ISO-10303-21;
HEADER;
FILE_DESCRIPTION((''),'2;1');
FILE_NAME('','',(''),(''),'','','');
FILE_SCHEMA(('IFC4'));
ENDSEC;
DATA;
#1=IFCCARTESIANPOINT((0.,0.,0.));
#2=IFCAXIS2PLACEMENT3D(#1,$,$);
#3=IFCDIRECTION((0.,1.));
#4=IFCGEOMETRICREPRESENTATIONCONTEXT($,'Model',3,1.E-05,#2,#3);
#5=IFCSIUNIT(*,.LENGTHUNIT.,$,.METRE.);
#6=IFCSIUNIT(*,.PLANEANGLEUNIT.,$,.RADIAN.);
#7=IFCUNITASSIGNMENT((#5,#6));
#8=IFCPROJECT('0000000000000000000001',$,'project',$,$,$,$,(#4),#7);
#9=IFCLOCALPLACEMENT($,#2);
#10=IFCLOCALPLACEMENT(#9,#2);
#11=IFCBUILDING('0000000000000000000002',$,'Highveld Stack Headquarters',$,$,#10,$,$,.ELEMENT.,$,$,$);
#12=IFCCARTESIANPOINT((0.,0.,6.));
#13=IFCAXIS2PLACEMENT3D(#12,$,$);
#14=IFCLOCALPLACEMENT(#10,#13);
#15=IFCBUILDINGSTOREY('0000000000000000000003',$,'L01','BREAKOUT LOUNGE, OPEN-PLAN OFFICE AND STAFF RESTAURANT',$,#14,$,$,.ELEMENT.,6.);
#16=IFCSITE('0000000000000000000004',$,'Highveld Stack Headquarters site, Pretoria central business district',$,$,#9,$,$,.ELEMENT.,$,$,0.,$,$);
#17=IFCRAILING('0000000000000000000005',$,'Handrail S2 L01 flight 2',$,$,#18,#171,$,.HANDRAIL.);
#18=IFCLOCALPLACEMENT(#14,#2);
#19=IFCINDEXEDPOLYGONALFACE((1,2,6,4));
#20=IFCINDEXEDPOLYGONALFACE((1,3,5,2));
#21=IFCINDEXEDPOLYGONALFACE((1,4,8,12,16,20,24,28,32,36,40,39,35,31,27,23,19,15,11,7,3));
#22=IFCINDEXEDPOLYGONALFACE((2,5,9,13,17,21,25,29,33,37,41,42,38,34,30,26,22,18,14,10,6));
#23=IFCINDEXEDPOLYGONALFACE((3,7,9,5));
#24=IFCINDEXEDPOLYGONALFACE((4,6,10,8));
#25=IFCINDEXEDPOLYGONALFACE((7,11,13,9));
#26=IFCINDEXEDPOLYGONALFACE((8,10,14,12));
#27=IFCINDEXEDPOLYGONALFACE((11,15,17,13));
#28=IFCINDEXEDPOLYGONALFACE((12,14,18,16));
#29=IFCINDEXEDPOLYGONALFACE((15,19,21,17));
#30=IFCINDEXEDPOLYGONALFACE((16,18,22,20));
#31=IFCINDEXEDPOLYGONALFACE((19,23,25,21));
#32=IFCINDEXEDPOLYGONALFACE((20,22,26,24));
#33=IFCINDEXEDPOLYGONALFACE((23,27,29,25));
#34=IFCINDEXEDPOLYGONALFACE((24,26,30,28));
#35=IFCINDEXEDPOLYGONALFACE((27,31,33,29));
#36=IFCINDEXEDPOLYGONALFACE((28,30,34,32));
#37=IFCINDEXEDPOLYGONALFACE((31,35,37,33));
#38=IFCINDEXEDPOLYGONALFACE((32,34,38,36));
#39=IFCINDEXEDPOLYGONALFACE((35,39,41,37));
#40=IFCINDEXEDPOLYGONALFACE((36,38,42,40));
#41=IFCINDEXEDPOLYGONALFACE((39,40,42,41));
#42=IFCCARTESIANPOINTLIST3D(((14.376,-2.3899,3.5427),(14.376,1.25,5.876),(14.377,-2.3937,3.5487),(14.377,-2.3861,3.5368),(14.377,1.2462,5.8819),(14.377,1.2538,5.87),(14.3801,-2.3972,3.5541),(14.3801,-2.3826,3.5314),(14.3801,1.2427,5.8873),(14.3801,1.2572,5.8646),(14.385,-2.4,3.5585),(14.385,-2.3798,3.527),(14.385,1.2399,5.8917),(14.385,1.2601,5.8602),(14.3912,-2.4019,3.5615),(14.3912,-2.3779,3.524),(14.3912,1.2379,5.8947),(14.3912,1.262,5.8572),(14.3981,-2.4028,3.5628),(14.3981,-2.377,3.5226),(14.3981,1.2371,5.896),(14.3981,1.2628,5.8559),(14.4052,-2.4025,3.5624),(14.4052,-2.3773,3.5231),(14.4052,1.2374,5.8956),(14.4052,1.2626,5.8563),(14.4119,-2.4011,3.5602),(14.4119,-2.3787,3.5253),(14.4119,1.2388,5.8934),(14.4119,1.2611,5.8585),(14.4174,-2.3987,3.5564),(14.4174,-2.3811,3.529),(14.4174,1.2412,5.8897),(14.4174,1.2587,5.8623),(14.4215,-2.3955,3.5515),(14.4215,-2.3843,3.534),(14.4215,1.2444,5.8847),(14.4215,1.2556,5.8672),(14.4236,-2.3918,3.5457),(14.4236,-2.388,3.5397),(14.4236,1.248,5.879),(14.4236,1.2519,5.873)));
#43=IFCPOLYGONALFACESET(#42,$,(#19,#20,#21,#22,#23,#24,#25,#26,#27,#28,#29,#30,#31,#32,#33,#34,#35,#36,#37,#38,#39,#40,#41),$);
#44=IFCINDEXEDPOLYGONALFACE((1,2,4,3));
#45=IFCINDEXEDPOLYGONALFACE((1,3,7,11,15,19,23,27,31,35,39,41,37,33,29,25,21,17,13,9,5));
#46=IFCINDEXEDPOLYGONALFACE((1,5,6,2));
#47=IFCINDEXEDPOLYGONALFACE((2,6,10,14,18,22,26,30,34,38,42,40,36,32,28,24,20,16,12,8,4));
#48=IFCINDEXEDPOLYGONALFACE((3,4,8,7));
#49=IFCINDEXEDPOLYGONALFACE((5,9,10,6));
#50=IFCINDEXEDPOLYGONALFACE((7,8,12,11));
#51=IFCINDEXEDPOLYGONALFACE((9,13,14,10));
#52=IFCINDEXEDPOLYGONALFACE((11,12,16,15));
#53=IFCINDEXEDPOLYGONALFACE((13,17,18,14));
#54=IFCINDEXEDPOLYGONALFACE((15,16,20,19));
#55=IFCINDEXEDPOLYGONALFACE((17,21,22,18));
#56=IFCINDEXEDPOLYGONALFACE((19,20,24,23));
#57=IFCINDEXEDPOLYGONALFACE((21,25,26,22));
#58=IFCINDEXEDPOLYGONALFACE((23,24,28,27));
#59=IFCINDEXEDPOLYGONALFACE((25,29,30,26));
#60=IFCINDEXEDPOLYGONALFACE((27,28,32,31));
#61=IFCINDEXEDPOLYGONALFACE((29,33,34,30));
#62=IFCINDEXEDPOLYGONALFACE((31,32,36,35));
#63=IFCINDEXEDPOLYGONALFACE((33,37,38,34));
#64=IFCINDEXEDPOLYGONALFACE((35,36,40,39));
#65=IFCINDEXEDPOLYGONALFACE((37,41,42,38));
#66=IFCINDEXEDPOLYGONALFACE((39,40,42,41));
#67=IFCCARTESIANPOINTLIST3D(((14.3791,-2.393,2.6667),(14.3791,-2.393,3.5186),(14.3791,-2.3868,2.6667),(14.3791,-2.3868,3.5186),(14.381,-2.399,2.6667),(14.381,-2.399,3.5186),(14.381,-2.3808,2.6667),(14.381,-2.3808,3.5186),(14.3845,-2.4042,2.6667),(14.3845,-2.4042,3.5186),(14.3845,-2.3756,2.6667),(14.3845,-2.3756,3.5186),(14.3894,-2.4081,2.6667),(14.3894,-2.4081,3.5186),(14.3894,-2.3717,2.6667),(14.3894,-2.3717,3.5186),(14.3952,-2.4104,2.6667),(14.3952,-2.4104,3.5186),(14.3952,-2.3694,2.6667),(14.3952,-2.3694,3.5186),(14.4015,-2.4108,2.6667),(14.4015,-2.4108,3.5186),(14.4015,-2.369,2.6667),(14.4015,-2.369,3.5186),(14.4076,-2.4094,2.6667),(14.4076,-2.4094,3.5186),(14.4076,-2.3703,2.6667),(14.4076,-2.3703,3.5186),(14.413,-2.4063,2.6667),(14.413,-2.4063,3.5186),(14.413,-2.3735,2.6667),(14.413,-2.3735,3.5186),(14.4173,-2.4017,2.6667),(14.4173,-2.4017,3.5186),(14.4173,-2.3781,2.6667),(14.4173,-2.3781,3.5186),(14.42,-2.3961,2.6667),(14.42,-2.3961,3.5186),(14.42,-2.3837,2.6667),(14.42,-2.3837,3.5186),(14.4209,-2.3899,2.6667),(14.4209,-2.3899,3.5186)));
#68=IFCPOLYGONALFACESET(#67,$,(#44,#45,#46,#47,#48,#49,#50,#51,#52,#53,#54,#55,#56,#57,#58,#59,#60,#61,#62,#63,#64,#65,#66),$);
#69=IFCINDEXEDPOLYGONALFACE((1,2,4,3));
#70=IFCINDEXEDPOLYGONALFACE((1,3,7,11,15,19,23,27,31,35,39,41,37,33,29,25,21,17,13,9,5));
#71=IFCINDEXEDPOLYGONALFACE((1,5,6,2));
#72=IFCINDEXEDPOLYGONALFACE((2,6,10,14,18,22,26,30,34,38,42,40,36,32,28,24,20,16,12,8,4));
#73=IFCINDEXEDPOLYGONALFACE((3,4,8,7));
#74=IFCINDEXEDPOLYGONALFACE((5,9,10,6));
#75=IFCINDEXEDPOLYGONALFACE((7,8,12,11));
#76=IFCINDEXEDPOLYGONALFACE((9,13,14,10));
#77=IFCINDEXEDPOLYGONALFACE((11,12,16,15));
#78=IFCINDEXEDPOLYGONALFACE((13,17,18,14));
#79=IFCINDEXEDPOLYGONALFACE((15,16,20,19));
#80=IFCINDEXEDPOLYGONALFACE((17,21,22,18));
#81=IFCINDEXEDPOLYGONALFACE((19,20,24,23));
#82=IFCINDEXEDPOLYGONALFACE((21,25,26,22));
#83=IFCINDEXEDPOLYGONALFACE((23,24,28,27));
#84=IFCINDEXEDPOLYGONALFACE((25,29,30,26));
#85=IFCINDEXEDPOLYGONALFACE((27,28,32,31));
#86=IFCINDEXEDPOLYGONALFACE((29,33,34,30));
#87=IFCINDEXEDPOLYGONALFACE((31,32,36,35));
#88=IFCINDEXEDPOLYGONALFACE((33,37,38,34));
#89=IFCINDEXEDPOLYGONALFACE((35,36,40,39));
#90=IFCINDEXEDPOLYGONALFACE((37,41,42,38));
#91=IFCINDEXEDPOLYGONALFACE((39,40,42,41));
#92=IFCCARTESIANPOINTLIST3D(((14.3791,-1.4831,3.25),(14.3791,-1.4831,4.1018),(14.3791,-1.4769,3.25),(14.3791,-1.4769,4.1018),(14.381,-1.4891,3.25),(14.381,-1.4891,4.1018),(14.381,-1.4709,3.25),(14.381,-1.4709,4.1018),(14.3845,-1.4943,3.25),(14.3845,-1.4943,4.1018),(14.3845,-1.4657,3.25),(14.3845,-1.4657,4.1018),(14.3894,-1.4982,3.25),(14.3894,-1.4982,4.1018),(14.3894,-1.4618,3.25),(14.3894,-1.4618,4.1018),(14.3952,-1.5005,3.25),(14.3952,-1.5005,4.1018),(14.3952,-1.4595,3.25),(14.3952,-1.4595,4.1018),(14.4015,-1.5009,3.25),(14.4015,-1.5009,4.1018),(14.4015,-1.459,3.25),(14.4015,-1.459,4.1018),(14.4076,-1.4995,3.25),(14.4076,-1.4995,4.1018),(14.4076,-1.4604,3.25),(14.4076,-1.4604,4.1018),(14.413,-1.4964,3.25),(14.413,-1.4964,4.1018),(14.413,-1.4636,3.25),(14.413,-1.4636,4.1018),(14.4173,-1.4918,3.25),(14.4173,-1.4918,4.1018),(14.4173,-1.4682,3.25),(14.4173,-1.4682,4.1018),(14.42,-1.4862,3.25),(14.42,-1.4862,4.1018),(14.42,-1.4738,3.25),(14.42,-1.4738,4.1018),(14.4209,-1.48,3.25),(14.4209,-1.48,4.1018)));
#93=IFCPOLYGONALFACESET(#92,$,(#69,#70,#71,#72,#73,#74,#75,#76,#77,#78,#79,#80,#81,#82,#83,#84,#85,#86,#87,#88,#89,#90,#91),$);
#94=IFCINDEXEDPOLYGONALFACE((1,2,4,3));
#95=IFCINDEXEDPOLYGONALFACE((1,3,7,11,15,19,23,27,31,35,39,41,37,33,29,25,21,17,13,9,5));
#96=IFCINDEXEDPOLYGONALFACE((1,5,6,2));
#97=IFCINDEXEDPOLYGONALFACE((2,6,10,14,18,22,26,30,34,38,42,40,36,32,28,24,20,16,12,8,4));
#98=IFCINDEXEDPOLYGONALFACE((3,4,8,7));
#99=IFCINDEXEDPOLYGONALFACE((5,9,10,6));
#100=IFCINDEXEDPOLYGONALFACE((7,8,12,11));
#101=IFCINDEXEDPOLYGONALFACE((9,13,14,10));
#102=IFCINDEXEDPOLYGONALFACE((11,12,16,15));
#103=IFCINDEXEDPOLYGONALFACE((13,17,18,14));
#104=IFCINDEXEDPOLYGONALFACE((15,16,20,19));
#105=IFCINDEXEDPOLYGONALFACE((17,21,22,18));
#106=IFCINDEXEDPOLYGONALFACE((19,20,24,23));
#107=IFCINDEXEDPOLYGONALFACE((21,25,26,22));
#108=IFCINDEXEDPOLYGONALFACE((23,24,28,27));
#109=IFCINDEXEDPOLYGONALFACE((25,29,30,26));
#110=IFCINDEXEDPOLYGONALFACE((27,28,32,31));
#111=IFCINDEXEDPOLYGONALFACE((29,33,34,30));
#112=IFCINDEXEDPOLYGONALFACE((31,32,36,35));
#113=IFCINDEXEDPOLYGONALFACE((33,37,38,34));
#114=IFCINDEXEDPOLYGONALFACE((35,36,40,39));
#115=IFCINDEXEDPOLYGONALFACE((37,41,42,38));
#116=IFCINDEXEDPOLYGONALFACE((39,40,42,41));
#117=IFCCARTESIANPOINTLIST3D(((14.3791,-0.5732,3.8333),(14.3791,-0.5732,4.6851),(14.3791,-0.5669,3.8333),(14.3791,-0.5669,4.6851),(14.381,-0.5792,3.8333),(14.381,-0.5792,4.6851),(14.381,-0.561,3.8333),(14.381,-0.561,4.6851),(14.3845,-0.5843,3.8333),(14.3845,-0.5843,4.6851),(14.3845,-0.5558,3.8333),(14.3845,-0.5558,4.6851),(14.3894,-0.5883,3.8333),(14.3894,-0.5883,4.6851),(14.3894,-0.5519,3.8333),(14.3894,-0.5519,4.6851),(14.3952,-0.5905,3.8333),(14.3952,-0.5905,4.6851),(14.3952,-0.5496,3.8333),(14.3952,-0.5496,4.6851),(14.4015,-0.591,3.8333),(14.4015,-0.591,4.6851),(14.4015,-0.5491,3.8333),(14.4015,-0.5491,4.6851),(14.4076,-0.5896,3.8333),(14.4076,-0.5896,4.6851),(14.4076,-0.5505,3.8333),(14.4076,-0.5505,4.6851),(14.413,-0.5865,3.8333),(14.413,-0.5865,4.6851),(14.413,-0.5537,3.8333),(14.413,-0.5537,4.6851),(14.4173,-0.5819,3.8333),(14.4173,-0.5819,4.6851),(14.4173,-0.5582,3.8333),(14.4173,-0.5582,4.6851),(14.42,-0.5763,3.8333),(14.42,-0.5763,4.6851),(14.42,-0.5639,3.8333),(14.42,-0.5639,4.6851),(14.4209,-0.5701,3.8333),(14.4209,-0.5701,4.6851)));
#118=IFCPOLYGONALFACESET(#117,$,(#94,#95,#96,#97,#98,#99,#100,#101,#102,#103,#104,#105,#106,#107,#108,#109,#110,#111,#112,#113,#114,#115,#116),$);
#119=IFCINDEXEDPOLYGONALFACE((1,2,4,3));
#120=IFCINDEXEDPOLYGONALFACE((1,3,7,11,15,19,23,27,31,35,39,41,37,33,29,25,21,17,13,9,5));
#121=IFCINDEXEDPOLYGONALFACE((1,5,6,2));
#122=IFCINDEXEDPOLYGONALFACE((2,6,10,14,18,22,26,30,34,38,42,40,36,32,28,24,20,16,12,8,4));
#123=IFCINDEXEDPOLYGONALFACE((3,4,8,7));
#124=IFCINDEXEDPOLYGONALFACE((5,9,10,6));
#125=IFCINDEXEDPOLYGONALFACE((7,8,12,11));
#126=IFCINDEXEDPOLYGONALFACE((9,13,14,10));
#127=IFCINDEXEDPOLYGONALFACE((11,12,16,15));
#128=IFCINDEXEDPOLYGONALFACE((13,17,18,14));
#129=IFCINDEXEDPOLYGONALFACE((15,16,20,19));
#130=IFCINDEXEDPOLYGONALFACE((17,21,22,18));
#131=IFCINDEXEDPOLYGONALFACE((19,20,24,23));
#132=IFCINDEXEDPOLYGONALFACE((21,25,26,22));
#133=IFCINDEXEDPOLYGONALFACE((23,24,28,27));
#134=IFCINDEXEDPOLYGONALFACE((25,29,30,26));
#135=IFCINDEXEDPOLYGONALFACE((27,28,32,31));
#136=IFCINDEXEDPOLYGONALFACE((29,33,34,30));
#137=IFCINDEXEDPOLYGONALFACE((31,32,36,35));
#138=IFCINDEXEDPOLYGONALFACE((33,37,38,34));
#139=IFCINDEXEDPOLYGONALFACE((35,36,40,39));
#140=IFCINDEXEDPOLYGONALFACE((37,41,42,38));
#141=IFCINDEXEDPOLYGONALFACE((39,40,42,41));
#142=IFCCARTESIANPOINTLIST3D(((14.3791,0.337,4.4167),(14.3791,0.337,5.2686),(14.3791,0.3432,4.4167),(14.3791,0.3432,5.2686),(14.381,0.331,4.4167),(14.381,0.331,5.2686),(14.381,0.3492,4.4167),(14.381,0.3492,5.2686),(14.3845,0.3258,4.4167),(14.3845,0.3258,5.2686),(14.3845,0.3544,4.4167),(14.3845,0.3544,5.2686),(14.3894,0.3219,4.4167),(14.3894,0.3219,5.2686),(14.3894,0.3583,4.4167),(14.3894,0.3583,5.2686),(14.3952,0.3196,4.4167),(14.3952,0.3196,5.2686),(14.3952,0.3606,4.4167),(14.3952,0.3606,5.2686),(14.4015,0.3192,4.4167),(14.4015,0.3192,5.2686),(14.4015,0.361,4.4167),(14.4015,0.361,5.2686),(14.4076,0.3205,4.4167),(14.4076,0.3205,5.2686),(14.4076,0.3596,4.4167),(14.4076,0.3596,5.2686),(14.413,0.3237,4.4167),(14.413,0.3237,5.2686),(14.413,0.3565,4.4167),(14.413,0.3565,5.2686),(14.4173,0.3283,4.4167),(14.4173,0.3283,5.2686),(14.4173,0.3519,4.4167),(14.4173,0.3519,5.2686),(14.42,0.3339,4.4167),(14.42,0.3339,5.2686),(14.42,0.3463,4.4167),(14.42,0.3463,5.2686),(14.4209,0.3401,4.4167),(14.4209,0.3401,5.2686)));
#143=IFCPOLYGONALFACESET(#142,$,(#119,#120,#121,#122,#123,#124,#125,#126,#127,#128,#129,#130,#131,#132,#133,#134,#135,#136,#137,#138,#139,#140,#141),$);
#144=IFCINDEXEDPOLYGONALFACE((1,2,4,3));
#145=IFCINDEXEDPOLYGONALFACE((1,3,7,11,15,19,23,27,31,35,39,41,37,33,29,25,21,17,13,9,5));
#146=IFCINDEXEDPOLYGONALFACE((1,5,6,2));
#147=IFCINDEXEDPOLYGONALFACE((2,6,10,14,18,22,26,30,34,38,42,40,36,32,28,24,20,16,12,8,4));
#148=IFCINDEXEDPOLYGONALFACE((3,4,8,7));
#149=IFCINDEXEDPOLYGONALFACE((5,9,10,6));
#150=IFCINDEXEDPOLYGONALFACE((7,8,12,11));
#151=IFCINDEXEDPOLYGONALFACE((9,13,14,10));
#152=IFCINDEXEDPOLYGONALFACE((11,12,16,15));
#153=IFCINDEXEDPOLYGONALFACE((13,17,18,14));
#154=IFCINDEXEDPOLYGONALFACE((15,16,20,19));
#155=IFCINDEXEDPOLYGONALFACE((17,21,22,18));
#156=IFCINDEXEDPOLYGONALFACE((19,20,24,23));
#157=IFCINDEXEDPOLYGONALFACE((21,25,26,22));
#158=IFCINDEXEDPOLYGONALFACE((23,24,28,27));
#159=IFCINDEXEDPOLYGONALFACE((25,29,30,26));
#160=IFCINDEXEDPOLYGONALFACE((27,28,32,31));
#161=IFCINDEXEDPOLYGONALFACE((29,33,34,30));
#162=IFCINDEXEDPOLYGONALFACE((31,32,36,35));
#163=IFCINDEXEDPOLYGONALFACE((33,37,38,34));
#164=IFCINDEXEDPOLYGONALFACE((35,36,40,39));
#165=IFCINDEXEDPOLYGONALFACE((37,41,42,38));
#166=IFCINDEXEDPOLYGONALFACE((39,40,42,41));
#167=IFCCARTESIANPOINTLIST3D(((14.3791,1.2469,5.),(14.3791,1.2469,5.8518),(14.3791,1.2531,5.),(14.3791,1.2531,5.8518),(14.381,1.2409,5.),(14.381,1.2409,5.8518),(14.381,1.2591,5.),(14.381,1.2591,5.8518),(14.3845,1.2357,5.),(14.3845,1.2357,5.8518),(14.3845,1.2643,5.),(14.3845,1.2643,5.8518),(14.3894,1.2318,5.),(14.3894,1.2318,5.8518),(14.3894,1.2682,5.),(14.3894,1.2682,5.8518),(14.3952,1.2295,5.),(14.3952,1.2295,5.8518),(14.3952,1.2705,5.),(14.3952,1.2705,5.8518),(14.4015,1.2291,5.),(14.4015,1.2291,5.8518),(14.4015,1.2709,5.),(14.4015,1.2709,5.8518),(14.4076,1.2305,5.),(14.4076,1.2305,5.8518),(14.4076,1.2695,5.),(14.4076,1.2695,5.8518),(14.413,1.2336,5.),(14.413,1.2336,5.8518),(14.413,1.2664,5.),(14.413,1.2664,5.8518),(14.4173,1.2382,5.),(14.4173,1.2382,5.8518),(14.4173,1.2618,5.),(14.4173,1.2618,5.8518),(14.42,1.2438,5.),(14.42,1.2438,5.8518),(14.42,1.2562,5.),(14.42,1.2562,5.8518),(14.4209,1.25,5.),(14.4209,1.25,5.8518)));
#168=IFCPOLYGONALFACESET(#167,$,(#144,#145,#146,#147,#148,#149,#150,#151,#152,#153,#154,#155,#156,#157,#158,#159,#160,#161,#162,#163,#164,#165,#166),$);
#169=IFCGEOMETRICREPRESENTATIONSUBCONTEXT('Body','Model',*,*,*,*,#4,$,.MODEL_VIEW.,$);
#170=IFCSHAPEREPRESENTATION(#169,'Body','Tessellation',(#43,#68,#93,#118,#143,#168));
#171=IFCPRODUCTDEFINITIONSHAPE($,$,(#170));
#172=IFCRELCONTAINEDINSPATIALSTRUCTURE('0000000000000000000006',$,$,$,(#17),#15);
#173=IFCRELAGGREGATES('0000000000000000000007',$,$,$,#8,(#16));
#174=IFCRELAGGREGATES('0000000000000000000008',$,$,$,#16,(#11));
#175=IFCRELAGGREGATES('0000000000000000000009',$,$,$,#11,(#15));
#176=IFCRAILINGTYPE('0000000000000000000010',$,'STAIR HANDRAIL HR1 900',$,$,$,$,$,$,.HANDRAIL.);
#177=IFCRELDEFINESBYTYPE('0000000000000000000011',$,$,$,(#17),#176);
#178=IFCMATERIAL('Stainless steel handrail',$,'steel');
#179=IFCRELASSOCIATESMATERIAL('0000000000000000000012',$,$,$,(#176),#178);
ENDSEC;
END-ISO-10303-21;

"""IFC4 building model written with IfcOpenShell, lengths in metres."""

from ifc_helpers import new_model, si_unit, direction, frame, origin, origin_2d, place, context, subcontext, project, spatial, circle, extrude, material, type_object, element, save


model = new_model("IFC4")

# Units and contexts
model_context = context("Model", 3, precision=1e-05, world=origin(), true_north=direction((0.0, 1.0)))
body_context = subcontext(model_context, "Body", "Model", "MODEL_VIEW")
ifc_project = project(units=[si_unit("LENGTHUNIT", "METRE"), si_unit("PLANEANGLEUNIT", "RADIAN")], contexts=[model_context])

# Site, building, storey
site_placement = place(None, origin())
site = spatial("IfcSite", under=ifc_project, at=site_placement, Name="Highveld Stack Headquarters site, Pretoria central business district", CompositionType="ELEMENT", RefElevation=0.0)
building_placement = place(site_placement, origin())
building = spatial("IfcBuilding", under=site, at=building_placement, Name="Highveld Stack Headquarters", CompositionType="ELEMENT")
storey_placement = place(building_placement, frame((0.0, 0.0, 6.0)))
storey = spatial("IfcBuildingStorey", under=building, at=storey_placement, Name="L01", Description="BREAKOUT LOUNGE, OPEN-PLAN OFFICE AND STAFF RESTAURANT", CompositionType="ELEMENT", Elevation=6.0)

# Railing
ifc_material_1 = material(Name="Stainless steel handrail", Category="steel")
railing_type = type_object("IfcRailingType", Name="STAIR HANDRAIL HR1 900", PredefinedType="HANDRAIL", material=ifc_material_1)
for number, where, name in (
    (1, (14.3999, -2.3899, 2.6667), "Handrail S2 L01 flight 2"),
):
    element("IfcRailing", number, at=place(storey_placement, frame(where)), inside=storey, type_object=railing_type, Name=name, PredefinedType="HANDRAIL", context=body_context, shape_type="SweptSolid", body=[
        extrude(circle(Radius=0.0239, at=origin_2d()), frame((0.0, 0.0, 0.876), z_axis=(0.0, 0.84188, 0.539664), x_axis=(-1.0, 0.0, 0.0)), (0.0, 0.0, 1.0), 4.3235),
        extrude(circle(Radius=0.021, at=origin_2d()), origin(), (0.0, 0.0, 1.0), 0.8518),
        extrude(circle(Radius=0.021, at=origin_2d()), frame((0.0, 0.9099, 0.5833)), (0.0, 0.0, 1.0), 0.8518),
        extrude(circle(Radius=0.021, at=origin_2d()), frame((0.0, 1.8198, 1.1665)), (0.0, 0.0, 1.0), 0.8518),
        extrude(circle(Radius=0.021, at=origin_2d()), frame((0.0, 2.73, 1.75)), (0.0, 0.0, 1.0), 0.8518),
        extrude(circle(Radius=0.021, at=origin_2d()), frame((0.0, 3.6399, 2.3333)), (0.0, 0.0, 1.0), 0.8518),
    ])

save(model, "model.ifc")
